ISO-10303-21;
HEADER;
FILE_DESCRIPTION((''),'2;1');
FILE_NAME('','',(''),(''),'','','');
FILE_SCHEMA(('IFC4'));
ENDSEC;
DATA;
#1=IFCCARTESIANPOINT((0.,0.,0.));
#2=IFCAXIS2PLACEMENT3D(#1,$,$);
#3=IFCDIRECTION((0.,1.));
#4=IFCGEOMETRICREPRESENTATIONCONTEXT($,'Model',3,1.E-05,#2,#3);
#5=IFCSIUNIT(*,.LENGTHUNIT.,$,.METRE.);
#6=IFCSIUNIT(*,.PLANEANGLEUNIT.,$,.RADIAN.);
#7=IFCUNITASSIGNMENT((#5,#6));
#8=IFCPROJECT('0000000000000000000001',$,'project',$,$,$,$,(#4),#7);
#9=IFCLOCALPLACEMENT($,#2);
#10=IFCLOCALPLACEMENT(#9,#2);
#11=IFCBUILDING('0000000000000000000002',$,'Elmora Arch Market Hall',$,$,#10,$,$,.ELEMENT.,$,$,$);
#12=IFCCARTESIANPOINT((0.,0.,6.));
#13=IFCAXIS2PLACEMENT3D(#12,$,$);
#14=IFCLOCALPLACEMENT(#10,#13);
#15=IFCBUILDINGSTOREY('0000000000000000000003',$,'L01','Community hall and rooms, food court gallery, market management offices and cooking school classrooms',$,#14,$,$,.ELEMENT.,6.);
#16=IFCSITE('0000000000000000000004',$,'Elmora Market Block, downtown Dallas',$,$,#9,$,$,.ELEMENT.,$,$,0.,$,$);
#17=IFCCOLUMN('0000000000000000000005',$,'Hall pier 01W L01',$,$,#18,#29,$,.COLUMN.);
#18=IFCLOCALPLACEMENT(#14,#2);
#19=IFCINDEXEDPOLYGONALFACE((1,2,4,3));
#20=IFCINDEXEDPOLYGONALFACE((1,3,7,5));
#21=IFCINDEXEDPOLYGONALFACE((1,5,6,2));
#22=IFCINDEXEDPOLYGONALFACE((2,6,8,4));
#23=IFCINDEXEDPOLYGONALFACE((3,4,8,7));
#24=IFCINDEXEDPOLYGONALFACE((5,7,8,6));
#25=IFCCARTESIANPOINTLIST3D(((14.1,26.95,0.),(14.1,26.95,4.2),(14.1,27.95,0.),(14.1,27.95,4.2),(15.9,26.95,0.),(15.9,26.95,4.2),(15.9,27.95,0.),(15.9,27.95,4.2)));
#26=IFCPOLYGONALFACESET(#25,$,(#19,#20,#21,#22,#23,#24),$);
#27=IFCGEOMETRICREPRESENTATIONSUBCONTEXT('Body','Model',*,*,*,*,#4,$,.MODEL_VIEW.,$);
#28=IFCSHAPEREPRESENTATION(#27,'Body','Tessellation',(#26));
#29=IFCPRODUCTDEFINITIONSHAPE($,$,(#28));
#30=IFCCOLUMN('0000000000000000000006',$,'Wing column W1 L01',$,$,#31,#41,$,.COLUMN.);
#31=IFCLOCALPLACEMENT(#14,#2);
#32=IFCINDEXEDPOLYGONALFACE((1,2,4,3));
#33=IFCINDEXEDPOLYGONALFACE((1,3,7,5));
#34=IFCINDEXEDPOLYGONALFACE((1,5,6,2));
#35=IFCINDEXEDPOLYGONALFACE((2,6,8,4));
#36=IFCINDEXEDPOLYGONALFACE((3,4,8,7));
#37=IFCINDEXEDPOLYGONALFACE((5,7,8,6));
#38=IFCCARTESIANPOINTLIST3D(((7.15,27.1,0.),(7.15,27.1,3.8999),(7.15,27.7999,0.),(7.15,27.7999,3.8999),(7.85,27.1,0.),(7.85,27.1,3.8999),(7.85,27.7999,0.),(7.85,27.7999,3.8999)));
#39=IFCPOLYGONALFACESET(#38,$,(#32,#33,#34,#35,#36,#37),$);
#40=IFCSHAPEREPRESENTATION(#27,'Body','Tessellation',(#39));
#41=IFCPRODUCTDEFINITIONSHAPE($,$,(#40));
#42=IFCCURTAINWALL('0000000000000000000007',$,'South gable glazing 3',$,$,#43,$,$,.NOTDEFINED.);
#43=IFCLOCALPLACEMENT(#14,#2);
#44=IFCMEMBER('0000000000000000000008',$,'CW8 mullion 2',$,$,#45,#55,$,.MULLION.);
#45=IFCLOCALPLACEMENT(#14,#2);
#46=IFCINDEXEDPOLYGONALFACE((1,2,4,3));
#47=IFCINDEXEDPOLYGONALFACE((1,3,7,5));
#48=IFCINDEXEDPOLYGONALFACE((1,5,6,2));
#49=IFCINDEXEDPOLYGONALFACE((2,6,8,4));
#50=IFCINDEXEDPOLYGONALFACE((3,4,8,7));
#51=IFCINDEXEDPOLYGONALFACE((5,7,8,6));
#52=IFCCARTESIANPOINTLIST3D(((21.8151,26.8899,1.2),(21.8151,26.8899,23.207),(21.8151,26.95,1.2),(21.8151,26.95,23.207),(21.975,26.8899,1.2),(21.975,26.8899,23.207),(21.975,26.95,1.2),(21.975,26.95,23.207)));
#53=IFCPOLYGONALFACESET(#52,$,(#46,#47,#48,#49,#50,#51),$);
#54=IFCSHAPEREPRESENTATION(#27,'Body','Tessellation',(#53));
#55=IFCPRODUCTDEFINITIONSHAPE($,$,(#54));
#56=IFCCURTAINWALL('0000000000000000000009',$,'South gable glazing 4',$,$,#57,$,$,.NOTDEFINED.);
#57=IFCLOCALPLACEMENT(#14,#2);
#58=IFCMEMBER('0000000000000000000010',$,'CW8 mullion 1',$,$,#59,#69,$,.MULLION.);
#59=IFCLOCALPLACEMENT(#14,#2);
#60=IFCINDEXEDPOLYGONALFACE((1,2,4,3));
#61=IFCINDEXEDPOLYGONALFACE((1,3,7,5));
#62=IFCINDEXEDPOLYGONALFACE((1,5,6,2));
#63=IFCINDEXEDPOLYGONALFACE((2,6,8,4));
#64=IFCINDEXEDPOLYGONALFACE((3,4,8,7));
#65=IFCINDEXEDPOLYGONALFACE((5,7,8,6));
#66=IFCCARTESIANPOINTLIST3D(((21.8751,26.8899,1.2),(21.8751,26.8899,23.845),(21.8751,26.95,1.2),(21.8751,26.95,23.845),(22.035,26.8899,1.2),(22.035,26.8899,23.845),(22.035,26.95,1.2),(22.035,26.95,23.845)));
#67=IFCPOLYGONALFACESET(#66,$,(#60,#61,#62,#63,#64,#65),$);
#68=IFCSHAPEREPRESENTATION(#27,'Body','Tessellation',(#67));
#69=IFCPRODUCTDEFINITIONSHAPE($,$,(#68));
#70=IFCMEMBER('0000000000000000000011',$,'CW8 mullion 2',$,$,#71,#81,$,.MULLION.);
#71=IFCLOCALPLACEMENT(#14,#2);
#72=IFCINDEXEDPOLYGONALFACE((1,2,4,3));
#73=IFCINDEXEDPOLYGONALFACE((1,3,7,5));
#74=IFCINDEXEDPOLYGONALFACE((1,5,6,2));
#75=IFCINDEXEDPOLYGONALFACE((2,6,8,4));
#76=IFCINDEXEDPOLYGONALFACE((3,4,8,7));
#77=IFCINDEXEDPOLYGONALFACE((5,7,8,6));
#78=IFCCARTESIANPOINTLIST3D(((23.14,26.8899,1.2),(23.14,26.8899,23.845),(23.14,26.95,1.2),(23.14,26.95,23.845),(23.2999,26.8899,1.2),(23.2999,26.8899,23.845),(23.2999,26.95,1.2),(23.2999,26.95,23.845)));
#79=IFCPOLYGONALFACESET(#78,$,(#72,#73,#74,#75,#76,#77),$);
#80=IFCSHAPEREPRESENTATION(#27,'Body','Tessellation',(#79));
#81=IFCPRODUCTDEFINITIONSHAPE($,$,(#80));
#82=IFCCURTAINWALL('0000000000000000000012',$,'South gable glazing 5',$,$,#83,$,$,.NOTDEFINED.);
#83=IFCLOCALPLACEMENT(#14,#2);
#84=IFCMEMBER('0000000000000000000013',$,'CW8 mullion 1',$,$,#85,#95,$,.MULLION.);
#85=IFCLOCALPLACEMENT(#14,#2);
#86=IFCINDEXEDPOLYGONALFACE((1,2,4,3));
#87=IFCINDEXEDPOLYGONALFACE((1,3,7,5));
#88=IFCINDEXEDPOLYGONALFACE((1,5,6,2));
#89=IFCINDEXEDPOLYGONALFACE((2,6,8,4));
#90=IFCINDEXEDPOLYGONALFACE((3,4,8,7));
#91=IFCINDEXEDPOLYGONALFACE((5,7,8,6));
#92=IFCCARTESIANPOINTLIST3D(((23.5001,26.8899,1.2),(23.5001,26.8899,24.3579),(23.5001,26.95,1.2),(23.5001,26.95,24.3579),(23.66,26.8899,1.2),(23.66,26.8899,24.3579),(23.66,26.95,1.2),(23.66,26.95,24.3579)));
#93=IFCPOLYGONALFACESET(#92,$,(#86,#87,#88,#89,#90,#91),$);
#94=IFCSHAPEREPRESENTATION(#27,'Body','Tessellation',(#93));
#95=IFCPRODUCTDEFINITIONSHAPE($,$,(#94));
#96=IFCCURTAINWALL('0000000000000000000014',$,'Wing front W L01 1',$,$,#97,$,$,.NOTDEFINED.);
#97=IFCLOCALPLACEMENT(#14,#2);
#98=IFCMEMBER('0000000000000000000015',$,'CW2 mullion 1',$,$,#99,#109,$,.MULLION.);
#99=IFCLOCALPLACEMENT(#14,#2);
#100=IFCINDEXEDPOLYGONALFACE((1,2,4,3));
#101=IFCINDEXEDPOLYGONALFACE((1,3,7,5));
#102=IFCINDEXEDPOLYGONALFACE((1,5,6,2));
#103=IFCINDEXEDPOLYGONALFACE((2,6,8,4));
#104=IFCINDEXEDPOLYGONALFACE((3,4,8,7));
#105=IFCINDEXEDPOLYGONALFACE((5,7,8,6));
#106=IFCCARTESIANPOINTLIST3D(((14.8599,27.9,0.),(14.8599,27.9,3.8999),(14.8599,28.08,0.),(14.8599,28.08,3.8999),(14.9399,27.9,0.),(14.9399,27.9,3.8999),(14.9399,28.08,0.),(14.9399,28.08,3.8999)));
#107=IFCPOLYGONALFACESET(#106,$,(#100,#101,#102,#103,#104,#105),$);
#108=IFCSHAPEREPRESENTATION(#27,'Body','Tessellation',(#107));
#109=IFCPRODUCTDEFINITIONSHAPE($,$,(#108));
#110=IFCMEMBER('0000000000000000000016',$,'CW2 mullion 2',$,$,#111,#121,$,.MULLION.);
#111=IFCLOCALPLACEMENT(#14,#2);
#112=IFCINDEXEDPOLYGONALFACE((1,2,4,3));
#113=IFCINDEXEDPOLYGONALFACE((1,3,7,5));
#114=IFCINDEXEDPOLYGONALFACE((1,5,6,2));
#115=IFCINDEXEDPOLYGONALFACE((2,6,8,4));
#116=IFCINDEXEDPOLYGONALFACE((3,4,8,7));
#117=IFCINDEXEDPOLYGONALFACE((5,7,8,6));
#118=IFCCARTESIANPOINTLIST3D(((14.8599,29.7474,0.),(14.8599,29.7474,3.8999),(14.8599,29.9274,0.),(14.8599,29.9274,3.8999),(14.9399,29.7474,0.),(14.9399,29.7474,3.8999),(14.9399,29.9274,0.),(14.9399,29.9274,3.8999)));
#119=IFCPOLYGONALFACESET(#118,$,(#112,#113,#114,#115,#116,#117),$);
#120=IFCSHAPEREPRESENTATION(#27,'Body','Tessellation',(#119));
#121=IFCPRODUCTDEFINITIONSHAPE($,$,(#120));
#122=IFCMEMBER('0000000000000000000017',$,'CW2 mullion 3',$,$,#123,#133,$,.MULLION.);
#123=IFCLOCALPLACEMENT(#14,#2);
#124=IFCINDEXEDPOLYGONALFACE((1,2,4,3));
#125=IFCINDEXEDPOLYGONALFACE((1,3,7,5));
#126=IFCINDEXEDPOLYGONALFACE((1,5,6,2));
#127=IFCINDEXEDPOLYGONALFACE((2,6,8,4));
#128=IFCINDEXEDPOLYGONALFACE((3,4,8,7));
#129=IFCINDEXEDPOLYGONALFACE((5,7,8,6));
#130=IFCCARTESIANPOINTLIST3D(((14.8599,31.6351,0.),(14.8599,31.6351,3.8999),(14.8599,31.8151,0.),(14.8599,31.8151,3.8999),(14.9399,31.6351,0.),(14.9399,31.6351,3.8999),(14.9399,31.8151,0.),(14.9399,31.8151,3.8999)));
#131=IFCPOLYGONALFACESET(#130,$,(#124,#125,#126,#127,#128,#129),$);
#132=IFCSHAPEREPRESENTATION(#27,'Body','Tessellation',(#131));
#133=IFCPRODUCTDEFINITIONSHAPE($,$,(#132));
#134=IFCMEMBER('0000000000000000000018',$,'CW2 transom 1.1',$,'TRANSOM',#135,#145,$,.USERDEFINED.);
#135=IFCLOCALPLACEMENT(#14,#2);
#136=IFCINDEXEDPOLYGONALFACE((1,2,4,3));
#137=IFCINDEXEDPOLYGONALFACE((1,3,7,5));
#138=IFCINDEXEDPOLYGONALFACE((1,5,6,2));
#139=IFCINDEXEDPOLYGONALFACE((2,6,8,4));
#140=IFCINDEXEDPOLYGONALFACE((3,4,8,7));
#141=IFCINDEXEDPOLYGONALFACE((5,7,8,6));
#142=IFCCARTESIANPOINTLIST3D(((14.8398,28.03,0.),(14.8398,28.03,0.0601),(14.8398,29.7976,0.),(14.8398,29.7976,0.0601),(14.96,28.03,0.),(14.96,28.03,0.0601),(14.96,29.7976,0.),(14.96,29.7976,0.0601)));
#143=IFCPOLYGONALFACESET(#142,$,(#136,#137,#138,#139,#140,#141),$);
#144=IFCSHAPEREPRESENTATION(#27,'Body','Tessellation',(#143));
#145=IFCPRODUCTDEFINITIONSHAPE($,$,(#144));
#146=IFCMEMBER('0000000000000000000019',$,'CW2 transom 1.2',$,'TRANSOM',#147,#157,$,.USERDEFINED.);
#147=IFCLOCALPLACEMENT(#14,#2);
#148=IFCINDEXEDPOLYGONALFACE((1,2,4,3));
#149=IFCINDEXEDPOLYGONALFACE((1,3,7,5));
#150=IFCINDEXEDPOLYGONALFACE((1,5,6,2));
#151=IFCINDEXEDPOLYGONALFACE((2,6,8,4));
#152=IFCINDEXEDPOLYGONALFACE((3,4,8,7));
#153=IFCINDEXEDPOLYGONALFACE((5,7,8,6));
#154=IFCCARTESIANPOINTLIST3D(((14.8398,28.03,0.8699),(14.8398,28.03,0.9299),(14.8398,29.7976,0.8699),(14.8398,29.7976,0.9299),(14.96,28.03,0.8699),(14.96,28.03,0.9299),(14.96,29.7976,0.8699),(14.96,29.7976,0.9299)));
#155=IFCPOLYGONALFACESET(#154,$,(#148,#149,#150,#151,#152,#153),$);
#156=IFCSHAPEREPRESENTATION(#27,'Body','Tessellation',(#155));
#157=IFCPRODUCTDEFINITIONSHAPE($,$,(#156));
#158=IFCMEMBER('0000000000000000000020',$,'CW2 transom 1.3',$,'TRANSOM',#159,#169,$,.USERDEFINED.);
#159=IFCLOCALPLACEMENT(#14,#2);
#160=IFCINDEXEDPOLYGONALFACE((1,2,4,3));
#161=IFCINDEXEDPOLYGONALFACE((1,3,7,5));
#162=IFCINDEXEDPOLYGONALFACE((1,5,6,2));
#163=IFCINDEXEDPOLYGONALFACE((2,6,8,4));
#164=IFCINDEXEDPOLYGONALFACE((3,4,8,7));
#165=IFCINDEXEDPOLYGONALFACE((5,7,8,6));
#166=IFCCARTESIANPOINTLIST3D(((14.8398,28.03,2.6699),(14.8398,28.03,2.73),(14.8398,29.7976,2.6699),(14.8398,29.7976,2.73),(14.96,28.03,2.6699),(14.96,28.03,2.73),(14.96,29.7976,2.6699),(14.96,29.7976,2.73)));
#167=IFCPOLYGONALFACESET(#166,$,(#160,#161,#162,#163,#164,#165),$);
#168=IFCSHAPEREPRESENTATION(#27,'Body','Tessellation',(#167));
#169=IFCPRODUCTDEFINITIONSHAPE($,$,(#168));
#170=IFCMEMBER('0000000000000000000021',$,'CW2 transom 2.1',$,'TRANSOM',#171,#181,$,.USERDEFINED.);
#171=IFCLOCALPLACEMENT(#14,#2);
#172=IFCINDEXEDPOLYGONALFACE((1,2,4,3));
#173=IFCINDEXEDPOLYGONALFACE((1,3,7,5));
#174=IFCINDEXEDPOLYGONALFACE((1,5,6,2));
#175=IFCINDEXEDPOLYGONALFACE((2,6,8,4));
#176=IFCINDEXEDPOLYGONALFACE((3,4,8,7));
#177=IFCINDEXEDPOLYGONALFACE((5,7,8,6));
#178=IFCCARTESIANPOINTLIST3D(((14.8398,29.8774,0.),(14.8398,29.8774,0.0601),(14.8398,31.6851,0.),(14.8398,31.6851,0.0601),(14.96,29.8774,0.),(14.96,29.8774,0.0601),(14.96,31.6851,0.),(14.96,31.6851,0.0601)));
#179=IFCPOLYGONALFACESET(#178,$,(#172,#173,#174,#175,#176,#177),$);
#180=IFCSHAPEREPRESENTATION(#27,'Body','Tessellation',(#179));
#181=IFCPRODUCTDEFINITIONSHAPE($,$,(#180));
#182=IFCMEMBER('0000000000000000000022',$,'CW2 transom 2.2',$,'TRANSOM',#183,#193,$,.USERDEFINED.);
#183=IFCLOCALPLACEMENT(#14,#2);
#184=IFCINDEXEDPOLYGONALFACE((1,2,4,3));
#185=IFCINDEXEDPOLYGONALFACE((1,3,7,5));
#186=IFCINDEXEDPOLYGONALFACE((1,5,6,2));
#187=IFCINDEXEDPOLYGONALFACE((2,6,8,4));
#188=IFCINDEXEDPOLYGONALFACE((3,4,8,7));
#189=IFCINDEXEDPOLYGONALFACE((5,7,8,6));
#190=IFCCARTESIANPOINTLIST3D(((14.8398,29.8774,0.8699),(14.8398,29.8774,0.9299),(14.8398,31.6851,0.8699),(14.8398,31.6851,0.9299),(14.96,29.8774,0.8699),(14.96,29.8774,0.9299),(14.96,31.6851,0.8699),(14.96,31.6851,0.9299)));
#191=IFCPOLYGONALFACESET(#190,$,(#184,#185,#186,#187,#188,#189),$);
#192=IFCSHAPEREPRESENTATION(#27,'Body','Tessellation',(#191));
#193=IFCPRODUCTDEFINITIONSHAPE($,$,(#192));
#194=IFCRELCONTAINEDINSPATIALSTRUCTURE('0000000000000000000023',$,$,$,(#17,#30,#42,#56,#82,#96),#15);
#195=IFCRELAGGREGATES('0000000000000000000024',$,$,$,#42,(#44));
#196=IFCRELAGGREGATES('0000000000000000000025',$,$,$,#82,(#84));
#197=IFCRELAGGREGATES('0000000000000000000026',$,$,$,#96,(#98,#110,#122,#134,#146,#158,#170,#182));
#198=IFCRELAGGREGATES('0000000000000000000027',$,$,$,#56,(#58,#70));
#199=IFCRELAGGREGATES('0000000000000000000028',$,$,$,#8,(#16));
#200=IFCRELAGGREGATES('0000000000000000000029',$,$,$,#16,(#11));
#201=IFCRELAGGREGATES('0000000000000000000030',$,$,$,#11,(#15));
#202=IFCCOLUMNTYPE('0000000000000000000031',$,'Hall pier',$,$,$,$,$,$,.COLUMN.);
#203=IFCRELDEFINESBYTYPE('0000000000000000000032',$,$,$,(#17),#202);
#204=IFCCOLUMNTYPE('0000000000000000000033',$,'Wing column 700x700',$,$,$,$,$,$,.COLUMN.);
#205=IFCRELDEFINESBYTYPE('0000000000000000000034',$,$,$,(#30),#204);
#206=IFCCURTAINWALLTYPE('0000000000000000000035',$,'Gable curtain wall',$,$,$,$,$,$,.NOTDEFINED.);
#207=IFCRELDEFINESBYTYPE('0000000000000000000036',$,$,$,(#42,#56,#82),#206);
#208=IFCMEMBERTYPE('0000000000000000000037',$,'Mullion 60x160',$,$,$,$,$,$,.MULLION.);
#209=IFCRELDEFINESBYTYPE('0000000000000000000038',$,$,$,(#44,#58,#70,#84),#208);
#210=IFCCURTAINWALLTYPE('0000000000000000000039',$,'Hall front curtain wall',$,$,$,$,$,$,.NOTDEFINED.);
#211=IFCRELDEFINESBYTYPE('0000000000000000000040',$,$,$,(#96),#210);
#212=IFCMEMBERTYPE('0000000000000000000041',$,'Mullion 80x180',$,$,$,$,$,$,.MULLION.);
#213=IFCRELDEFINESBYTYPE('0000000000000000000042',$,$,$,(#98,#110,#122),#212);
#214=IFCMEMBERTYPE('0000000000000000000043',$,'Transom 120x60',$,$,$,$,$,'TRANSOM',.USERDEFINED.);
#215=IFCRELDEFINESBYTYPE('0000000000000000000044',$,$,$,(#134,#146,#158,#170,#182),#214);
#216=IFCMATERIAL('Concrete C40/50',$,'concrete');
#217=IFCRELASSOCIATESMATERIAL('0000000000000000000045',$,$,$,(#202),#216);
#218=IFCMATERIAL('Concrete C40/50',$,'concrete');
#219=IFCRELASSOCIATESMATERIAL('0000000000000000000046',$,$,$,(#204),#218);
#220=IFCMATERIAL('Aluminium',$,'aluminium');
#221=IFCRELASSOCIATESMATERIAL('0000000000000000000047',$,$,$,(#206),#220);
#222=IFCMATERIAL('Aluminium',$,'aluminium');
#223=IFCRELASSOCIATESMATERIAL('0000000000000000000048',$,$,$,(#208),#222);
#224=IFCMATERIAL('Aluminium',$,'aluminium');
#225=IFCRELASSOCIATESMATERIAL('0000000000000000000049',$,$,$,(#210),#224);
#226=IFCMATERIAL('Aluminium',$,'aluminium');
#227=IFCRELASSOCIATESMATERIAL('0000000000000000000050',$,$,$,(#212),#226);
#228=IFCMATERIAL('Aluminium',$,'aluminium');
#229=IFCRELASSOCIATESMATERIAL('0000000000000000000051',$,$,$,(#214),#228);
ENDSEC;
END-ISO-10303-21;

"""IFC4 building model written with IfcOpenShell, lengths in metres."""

from ifc_helpers import new_model, si_unit, direction, frame, origin, origin_2d, place, context, subcontext, project, spatial, rectangle, extrude, material, material_profile, profile_set, type_object, element, aggregate, save


model = new_model("IFC4")

# Units and contexts
model_context = context("Model", 3, precision=1e-05, world=origin(), true_north=direction((0.0, 1.0)))
body_context = subcontext(model_context, "Body", "Model", "MODEL_VIEW")
ifc_project = project(units=[si_unit("LENGTHUNIT", "METRE"), si_unit("PLANEANGLEUNIT", "RADIAN")], contexts=[model_context])

# Site, building, storey
site_placement = place(None, origin())
site = spatial("IfcSite", under=ifc_project, at=site_placement, Name="Elmora Market Block, downtown Dallas", CompositionType="ELEMENT", RefElevation=0.0)
building_placement = place(site_placement, origin())
building = spatial("IfcBuilding", under=site, at=building_placement, Name="Elmora Arch Market Hall", CompositionType="ELEMENT")
storey_placement = place(building_placement, frame((0.0, 0.0, 6.0)))
storey = spatial("IfcBuildingStorey", under=building, at=storey_placement, Name="L01", Description="Community hall and rooms, food court gallery, market management offices and cooking school classrooms", CompositionType="ELEMENT", Elevation=6.0)

# Columns
ifc_material_1 = material(Name="Concrete C40/50", Category="concrete")
ifc_material_profile_1 = material_profile(ifc_material_1, rectangle(XDim=1.8, YDim=1.0, at=origin_2d()), Name="Hall pier")
ifc_profile_set_1 = profile_set([ifc_material_profile_1], Name="Concrete C40/50")
column_type_1 = type_object("IfcColumnType", Name="Hall pier", PredefinedType="COLUMN", material=ifc_profile_set_1)
column_1_placement = place(storey_placement, frame((15.0, 27.45, 0.0), z_axis=(0.0, 0.0, 1.0), x_axis=(1.0, 0.0, 0.0)))
element("IfcColumn", 1, at=column_1_placement, inside=storey, type_object=column_type_1, Name="Hall pier 01W L01", PredefinedType="COLUMN", context=body_context, shape_type="SweptSolid", body=[
    extrude(rectangle(XDim=1.8, YDim=1.0, at=origin_2d()), origin(), (0.0, 0.0, 1.0), 4.2),
])
ifc_material_2 = material(Name="Concrete C40/50", Category="concrete")
ifc_material_profile_2 = material_profile(ifc_material_2, rectangle(XDim=0.7, YDim=0.7, at=origin_2d()), Name="Wing column 700x700")
ifc_profile_set_2 = profile_set([ifc_material_profile_2], Name="Concrete C40/50")
column_type_2 = type_object("IfcColumnType", Name="Wing column 700x700", PredefinedType="COLUMN", material=ifc_profile_set_2)
column_2_placement = place(storey_placement, frame((7.5, 27.45, 0.0), z_axis=(0.0, 0.0, 1.0), x_axis=(1.0, 0.0, 0.0)))
element("IfcColumn", 2, at=column_2_placement, inside=storey, type_object=column_type_2, Name="Wing column W1 L01", PredefinedType="COLUMN", context=body_context, shape_type="SweptSolid", body=[
    extrude(rectangle(XDim=0.7, YDim=0.7, at=origin_2d()), origin(), (0.0, 0.0, 1.0), 3.8999),
])

# Curtain wall, member
ifc_material_3 = material(Name="Aluminium", Category="aluminium")
curtain_wall_type_1 = type_object("IfcCurtainWallType", Name="Gable curtain wall", PredefinedType="NOTDEFINED", material=ifc_material_3)
curtain_wall_1_placement = place(storey_placement, origin())
curtain_wall_1 = element("IfcCurtainWall", 3, at=curtain_wall_1_placement, inside=storey, type_object=curtain_wall_type_1, Name="South gable glazing 3", PredefinedType="NOTDEFINED")
ifc_material_4 = material(Name="Aluminium", Category="aluminium")
ifc_material_profile_3 = material_profile(ifc_material_4, rectangle(XDim=0.0601, YDim=0.1599, at=origin_2d()), Name="AL 60x160")
ifc_profile_set_3 = profile_set([ifc_material_profile_3], Name="Aluminium")
member_type_1 = type_object("IfcMemberType", Name="Mullion 60x160", PredefinedType="MULLION", material=ifc_profile_set_3)
member_1_placement = place(storey_placement, frame((21.895, 26.9199, 1.2), z_axis=(0.0, 0.0, 1.0), x_axis=(0.0, 1.0, 0.0)))
member_1 = element("IfcMember", 4, at=member_1_placement, type_object=member_type_1, Name="CW8 mullion 2", PredefinedType="MULLION", context=body_context, shape_type="SweptSolid", body=[
    extrude(rectangle(XDim=0.0601, YDim=0.1599, at=origin_2d()), origin(), (0.0, 0.0, 1.0), 22.0071),
])
aggregate(curtain_wall_1, [member_1])

# Curtain wall, members
curtain_wall_2_placement = place(storey_placement, origin())
curtain_wall_2 = element("IfcCurtainWall", 5, at=curtain_wall_2_placement, inside=storey, type_object=curtain_wall_type_1, Name="South gable glazing 4", PredefinedType="NOTDEFINED")
member_2_placement = place(storey_placement, frame((21.9551, 26.9199, 1.2), z_axis=(0.0, 0.0, 1.0), x_axis=(0.0, 1.0, 0.0)))
member_2 = element("IfcMember", 6, at=member_2_placement, type_object=member_type_1, Name="CW8 mullion 1", PredefinedType="MULLION", context=body_context, shape_type="SweptSolid", body=[
    extrude(rectangle(XDim=0.0601, YDim=0.1599, at=origin_2d()), origin(), (0.0, 0.0, 1.0), 22.645),
])
member_3_placement = place(storey_placement, frame((23.22, 26.9199, 1.2), z_axis=(0.0, 0.0, 1.0), x_axis=(0.0, 1.0, 0.0)))
member_3 = element("IfcMember", 7, at=member_3_placement, type_object=member_type_1, Name="CW8 mullion 2", PredefinedType="MULLION", context=body_context, shape_type="SweptSolid", body=[
    extrude(rectangle(XDim=0.0601, YDim=0.1599, at=origin_2d()), origin(), (0.0, 0.0, 1.0), 22.645),
])

# Curtain wall, member
curtain_wall_3_placement = place(storey_placement, origin())
curtain_wall_3 = element("IfcCurtainWall", 8, at=curtain_wall_3_placement, inside=storey, type_object=curtain_wall_type_1, Name="South gable glazing 5", PredefinedType="NOTDEFINED")
member_4_placement = place(storey_placement, frame((23.5801, 26.9199, 1.2), z_axis=(0.0, 0.0, 1.0), x_axis=(0.0, 1.0, 0.0)))
member_4 = element("IfcMember", 9, at=member_4_placement, type_object=member_type_1, Name="CW8 mullion 1", PredefinedType="MULLION", context=body_context, shape_type="SweptSolid", body=[
    extrude(rectangle(XDim=0.0601, YDim=0.1599, at=origin_2d()), origin(), (0.0, 0.0, 1.0), 23.158),
])

# Curtain wall, members
ifc_material_5 = material(Name="Aluminium", Category="aluminium")
curtain_wall_type_2 = type_object("IfcCurtainWallType", Name="Hall front curtain wall", PredefinedType="NOTDEFINED", material=ifc_material_5)
curtain_wall_4_placement = place(storey_placement, origin())
curtain_wall_4 = element("IfcCurtainWall", 10, at=curtain_wall_4_placement, inside=storey, type_object=curtain_wall_type_2, Name="Wing front W L01 1", PredefinedType="NOTDEFINED")
ifc_material_6 = material(Name="Aluminium", Category="aluminium")
ifc_material_profile_4 = material_profile(ifc_material_6, rectangle(XDim=0.0801, YDim=0.1799, at=origin_2d()), Name="AL 80x180")
ifc_profile_set_4 = profile_set([ifc_material_profile_4], Name="Aluminium")
member_type_2 = type_object("IfcMemberType", Name="Mullion 80x180", PredefinedType="MULLION", material=ifc_profile_set_4)
member_5_placement = place(storey_placement, frame((14.8999, 27.99, 0.0), z_axis=(0.0, 0.0, 1.0), x_axis=(-1.0, 0.0, 0.0)))
member_5 = element("IfcMember", 11, at=member_5_placement, type_object=member_type_2, Name="CW2 mullion 1", PredefinedType="MULLION", context=body_context, shape_type="SweptSolid", body=[
    extrude(rectangle(XDim=0.0801, YDim=0.1799, at=origin_2d()), origin(), (0.0, 0.0, 1.0), 3.8999),
])
member_6_placement = place(storey_placement, frame((14.8999, 29.8374, 0.0), z_axis=(0.0, 0.0, 1.0), x_axis=(-1.0, 0.0, 0.0)))
member_6 = element("IfcMember", 12, at=member_6_placement, type_object=member_type_2, Name="CW2 mullion 2", PredefinedType="MULLION", context=body_context, shape_type="SweptSolid", body=[
    extrude(rectangle(XDim=0.0801, YDim=0.1799, at=origin_2d()), origin(), (0.0, 0.0, 1.0), 3.8999),
])
member_7_placement = place(storey_placement, frame((14.8999, 31.7251, 0.0), z_axis=(0.0, 0.0, 1.0), x_axis=(-1.0, 0.0, 0.0)))
member_7 = element("IfcMember", 13, at=member_7_placement, type_object=member_type_2, Name="CW2 mullion 3", PredefinedType="MULLION", context=body_context, shape_type="SweptSolid", body=[
    extrude(rectangle(XDim=0.0801, YDim=0.1799, at=origin_2d()), origin(), (0.0, 0.0, 1.0), 3.8999),
])
ifc_material_7 = material(Name="Aluminium", Category="aluminium")
ifc_material_profile_5 = material_profile(ifc_material_7, rectangle(XDim=0.1201, YDim=0.0601, at=origin_2d()), Name="AL 120x60")
ifc_profile_set_5 = profile_set([ifc_material_profile_5], Name="Aluminium")
member_type_3 = type_object("IfcMemberType", Name="Transom 120x60", ElementType="TRANSOM", PredefinedType="USERDEFINED", material=ifc_profile_set_5)
member_8_placement = place(storey_placement, frame((14.8999, 28.03, 0.03), z_axis=(0.0, 1.0, 0.0), x_axis=(-1.0, 0.0, 0.0)))
member_8 = element("IfcMember", 14, at=member_8_placement, type_object=member_type_3, Name="CW2 transom 1.1", ObjectType="TRANSOM", PredefinedType="USERDEFINED", context=body_context, shape_type="SweptSolid", body=[
    extrude(rectangle(XDim=0.1201, YDim=0.0601, at=origin_2d()), origin(), (0.0, 0.0, 1.0), 1.7676),
])
member_9_placement = place(storey_placement, frame((14.8999, 28.03, 0.8999), z_axis=(0.0, 1.0, 0.0), x_axis=(-1.0, 0.0, 0.0)))
member_9 = element("IfcMember", 15, at=member_9_placement, type_object=member_type_3, Name="CW2 transom 1.2", ObjectType="TRANSOM", PredefinedType="USERDEFINED", context=body_context, shape_type="SweptSolid", body=[
    extrude(rectangle(XDim=0.1201, YDim=0.0601, at=origin_2d()), origin(), (0.0, 0.0, 1.0), 1.7676),
])
member_10_placement = place(storey_placement, frame((14.8999, 28.03, 2.7), z_axis=(0.0, 1.0, 0.0), x_axis=(-1.0, 0.0, 0.0)))
member_10 = element("IfcMember", 16, at=member_10_placement, type_object=member_type_3, Name="CW2 transom 1.3", ObjectType="TRANSOM", PredefinedType="USERDEFINED", context=body_context, shape_type="SweptSolid", body=[
    extrude(rectangle(XDim=0.1201, YDim=0.0601, at=origin_2d()), origin(), (0.0, 0.0, 1.0), 1.7676),
])
member_11_placement = place(storey_placement, frame((14.8999, 29.8774, 0.03), z_axis=(0.0, 1.0, 0.0), x_axis=(-1.0, 0.0, 0.0)))
member_11 = element("IfcMember", 17, at=member_11_placement, type_object=member_type_3, Name="CW2 transom 2.1", ObjectType="TRANSOM", PredefinedType="USERDEFINED", context=body_context, shape_type="SweptSolid", body=[
    extrude(rectangle(XDim=0.1201, YDim=0.0601, at=origin_2d()), origin(), (0.0, 0.0, 1.0), 1.8076),
])
member_12_placement = place(storey_placement, frame((14.8999, 29.8774, 0.8999), z_axis=(0.0, 1.0, 0.0), x_axis=(-1.0, 0.0, 0.0)))
member_12 = element("IfcMember", 18, at=member_12_placement, type_object=member_type_3, Name="CW2 transom 2.2", ObjectType="TRANSOM", PredefinedType="USERDEFINED", context=body_context, shape_type="SweptSolid", body=[
    extrude(rectangle(XDim=0.1201, YDim=0.0601, at=origin_2d()), origin(), (0.0, 0.0, 1.0), 1.8076),
])

aggregate(curtain_wall_3, [member_4])

aggregate(curtain_wall_4, [member_5, member_6, member_7, member_8, member_9, member_10, member_11, member_12])
aggregate(curtain_wall_2, [member_2, member_3])

save(model, "model.ifc")
